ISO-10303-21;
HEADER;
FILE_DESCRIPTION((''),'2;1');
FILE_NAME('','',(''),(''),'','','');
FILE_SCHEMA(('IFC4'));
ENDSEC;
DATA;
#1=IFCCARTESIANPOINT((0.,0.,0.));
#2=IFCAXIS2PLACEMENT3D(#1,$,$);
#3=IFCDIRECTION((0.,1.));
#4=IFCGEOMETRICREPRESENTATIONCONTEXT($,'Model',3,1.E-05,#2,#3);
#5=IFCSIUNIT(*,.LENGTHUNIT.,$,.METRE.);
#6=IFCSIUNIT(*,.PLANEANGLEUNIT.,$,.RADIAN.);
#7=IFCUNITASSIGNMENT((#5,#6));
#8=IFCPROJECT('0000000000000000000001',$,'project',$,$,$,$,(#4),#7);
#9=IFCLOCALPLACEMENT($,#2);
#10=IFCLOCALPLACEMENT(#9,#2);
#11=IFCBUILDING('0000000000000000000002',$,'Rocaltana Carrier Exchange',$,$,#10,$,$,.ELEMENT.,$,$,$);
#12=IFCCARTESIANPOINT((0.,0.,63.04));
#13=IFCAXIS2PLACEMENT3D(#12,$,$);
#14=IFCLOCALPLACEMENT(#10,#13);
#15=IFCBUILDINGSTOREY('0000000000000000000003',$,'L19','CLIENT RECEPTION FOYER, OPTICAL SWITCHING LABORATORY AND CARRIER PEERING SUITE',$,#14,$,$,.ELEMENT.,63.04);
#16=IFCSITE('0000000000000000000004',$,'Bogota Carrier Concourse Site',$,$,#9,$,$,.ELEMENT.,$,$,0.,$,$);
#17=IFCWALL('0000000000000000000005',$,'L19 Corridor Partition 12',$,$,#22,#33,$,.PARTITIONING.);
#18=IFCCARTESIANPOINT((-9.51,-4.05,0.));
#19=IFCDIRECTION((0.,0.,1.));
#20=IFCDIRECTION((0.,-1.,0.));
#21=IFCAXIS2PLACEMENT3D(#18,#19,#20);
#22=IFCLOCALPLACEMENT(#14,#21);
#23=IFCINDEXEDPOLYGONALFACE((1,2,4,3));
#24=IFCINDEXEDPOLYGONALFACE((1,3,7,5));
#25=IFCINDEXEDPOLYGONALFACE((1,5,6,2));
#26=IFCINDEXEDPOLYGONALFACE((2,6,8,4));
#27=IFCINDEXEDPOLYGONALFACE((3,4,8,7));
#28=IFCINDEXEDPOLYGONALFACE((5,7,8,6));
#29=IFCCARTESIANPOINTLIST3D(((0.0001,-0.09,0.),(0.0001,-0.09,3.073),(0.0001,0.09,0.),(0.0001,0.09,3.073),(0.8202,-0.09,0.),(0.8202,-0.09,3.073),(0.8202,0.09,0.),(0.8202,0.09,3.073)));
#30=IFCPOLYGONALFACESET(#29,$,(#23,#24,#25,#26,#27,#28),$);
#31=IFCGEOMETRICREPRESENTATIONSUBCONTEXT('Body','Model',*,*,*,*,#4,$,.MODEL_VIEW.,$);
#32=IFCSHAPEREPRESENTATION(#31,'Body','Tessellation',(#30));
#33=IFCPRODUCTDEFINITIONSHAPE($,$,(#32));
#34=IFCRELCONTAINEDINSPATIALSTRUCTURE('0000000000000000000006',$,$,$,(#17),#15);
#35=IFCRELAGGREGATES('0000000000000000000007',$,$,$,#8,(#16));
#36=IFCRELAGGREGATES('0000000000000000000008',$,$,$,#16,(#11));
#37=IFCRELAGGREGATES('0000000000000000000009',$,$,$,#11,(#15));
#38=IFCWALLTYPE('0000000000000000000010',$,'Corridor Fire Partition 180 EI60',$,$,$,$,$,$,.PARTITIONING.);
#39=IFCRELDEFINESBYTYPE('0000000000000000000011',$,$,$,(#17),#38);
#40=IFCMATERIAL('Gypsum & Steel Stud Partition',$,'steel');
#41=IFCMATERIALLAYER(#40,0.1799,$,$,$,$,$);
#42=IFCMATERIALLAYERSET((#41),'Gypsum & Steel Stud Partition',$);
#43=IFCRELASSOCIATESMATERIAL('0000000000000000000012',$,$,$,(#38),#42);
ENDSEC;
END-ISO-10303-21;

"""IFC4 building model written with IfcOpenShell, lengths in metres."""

from ifc_helpers import new_model, si_unit, direction, frame, frame_2d, origin, place, context, subcontext, project, spatial, rectangle, extrude, material, layer, layer_set, type_object, element, save


model = new_model("IFC4")

# Units and contexts
model_context = context("Model", 3, precision=1e-05, world=origin(), true_north=direction((0.0, 1.0)))
body_context = subcontext(model_context, "Body", "Model", "MODEL_VIEW")
ifc_project = project(units=[si_unit("LENGTHUNIT", "METRE"), si_unit("PLANEANGLEUNIT", "RADIAN")], contexts=[model_context])

# Site, building, storey
site_placement = place(None, origin())
site = spatial("IfcSite", under=ifc_project, at=site_placement, Name="Bogota Carrier Concourse Site", CompositionType="ELEMENT", RefElevation=0.0)
building_placement = place(site_placement, origin())
building = spatial("IfcBuilding", under=site, at=building_placement, Name="Rocaltana Carrier Exchange", CompositionType="ELEMENT")
storey_placement = place(building_placement, frame((0.0, 0.0, 63.04)))
storey = spatial("IfcBuildingStorey", under=building, at=storey_placement, Name="L19", Description="CLIENT RECEPTION FOYER, OPTICAL SWITCHING LABORATORY AND CARRIER PEERING SUITE", CompositionType="ELEMENT", Elevation=63.04)

# Shared definitions
ifc_material_1 = material(Name="Gypsum & Steel Stud Partition", Category="steel")
ifc_layer_1 = layer(ifc_material_1, 0.1799)
ifc_layer_set_1 = layer_set([ifc_layer_1], Name="Gypsum & Steel Stud Partition")
wall_type_1 = type_object("IfcWallType", Name="Corridor Fire Partition 180 EI60", PredefinedType="PARTITIONING", material=ifc_layer_set_1)

# Wall
wall_1_placement = place(storey_placement, frame((-9.51, -4.05, 0.0), z_axis=(0.0, 0.0, 1.0), x_axis=(0.0, -1.0, 0.0)))
element("IfcWall", 1, at=wall_1_placement, inside=storey, type_object=wall_type_1, Name="L19 Corridor Partition 12", PredefinedType="PARTITIONING", context=body_context, shape_type="SweptSolid", body=[
    extrude(rectangle(XDim=0.8201, YDim=0.1799, at=frame_2d((0.4102, 0.0))), origin(), (0.0, 0.0, 1.0), 3.073),
])

save(model, "model.ifc")
